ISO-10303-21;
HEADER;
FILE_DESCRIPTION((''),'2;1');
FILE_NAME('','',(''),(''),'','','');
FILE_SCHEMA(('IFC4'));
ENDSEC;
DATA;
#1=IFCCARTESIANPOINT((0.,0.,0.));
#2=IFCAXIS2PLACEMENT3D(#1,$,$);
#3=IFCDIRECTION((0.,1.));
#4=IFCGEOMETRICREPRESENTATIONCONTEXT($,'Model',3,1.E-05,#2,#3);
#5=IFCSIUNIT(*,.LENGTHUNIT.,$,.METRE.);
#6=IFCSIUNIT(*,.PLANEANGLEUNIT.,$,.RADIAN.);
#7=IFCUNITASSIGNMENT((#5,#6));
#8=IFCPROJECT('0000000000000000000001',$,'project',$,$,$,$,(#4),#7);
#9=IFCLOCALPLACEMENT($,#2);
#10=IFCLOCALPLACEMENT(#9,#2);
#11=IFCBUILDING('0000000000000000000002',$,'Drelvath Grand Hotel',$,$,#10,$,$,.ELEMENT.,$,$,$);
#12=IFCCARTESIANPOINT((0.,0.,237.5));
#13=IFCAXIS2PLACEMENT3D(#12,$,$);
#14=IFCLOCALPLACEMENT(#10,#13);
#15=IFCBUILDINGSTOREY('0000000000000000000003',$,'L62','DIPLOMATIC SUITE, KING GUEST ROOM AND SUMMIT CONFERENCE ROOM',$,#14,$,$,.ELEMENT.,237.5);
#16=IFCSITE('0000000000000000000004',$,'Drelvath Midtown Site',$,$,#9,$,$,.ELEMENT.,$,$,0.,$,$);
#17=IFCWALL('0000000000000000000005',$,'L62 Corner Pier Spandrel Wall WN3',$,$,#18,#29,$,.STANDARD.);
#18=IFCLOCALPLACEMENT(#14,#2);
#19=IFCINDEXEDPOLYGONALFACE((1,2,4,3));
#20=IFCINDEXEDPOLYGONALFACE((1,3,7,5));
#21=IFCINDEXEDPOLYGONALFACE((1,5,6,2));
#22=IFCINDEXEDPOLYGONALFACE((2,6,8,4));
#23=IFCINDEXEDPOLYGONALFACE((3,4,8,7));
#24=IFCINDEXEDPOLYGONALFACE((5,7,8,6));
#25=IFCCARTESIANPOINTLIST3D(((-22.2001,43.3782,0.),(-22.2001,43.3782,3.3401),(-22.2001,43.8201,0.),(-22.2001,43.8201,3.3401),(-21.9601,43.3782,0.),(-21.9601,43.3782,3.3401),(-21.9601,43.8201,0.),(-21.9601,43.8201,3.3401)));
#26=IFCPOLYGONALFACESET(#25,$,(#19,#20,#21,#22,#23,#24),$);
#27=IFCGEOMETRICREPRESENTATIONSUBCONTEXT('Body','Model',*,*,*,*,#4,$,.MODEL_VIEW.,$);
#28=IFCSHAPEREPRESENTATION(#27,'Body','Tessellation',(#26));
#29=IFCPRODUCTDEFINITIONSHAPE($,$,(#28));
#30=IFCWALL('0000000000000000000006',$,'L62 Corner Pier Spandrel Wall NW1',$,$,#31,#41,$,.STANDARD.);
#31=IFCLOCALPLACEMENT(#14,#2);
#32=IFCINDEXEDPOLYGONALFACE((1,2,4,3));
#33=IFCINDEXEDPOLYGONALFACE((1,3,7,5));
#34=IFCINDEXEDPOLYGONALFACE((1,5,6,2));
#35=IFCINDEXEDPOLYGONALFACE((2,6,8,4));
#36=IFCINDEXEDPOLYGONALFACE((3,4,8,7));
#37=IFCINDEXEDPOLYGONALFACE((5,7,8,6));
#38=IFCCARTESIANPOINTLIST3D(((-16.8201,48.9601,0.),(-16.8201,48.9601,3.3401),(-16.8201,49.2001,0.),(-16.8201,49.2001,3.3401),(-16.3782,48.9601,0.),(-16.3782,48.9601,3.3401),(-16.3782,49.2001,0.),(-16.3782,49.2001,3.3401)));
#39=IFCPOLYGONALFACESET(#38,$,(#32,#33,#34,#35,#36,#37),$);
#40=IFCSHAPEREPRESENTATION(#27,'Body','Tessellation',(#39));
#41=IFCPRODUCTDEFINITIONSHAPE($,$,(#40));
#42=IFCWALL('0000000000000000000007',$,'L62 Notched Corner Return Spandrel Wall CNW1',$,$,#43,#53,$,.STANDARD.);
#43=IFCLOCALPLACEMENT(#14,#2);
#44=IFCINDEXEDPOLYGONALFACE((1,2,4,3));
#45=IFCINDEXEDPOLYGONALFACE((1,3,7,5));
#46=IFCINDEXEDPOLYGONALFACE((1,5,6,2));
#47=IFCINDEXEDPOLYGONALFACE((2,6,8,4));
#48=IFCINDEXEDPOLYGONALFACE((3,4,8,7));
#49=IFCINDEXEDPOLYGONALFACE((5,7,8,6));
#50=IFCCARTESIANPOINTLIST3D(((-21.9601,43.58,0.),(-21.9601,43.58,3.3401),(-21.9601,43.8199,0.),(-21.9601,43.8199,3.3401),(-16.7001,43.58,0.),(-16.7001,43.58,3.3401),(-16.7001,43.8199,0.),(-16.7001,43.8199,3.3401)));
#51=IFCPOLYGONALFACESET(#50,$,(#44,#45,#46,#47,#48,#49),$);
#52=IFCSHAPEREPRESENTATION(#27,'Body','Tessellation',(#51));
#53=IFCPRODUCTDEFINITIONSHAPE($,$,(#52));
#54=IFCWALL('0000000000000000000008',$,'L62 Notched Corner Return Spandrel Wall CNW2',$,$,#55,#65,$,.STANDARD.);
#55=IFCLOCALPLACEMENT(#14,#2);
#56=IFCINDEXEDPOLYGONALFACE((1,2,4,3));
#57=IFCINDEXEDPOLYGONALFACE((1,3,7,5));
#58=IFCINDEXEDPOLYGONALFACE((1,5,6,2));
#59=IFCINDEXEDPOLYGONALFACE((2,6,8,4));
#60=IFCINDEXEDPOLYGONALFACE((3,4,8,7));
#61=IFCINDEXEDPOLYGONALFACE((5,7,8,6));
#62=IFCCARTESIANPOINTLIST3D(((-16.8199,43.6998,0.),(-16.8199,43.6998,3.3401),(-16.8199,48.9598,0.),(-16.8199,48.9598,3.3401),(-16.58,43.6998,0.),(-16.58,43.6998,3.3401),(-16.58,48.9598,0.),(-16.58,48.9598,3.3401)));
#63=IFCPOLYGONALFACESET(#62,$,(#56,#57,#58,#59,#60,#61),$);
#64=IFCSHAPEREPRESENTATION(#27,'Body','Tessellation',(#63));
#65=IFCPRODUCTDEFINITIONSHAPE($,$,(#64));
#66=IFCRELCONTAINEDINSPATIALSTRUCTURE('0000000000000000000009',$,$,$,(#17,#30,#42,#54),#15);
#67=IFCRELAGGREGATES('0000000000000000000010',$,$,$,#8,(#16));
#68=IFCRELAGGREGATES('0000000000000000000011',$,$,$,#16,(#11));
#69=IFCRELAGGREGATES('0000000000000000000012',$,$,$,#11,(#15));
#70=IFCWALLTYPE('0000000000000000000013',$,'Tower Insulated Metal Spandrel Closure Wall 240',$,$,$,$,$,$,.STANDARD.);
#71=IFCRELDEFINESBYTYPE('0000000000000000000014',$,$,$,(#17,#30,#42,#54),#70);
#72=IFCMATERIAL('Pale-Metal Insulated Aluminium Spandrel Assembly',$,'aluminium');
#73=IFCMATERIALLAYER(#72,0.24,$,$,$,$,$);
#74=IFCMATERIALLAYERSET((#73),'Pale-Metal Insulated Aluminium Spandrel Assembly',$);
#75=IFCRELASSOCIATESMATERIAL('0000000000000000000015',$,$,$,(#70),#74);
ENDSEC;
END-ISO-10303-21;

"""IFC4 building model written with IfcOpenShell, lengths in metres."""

from ifc_helpers import new_model, si_unit, direction, frame, frame_2d, origin, place, context, subcontext, project, spatial, rectangle, extrude, material, layer, layer_set, type_object, element, save


model = new_model("IFC4")

# Units and contexts
model_context = context("Model", 3, precision=1e-05, world=origin(), true_north=direction((0.0, 1.0)))
body_context = subcontext(model_context, "Body", "Model", "MODEL_VIEW")
ifc_project = project(units=[si_unit("LENGTHUNIT", "METRE"), si_unit("PLANEANGLEUNIT", "RADIAN")], contexts=[model_context])

# Site, building, storey
site_placement = place(None, origin())
site = spatial("IfcSite", under=ifc_project, at=site_placement, Name="Drelvath Midtown Site", CompositionType="ELEMENT", RefElevation=0.0)
building_placement = place(site_placement, origin())
building = spatial("IfcBuilding", under=site, at=building_placement, Name="Drelvath Grand Hotel", CompositionType="ELEMENT")
storey_placement = place(building_placement, frame((0.0, 0.0, 237.5)))
storey = spatial("IfcBuildingStorey", under=building, at=storey_placement, Name="L62", Description="DIPLOMATIC SUITE, KING GUEST ROOM AND SUMMIT CONFERENCE ROOM", CompositionType="ELEMENT", Elevation=237.5)

# Walls
ifc_material_1 = material(Name="Pale-Metal Insulated Aluminium Spandrel Assembly", Category="aluminium")
ifc_layer_1 = layer(ifc_material_1, 0.24)
ifc_layer_set_1 = layer_set([ifc_layer_1], Name="Pale-Metal Insulated Aluminium Spandrel Assembly")
wall_type_1 = type_object("IfcWallType", Name="Tower Insulated Metal Spandrel Closure Wall 240", PredefinedType="STANDARD", material=ifc_layer_set_1)
for number, where, z_axis, x_axis, name in (
    (1, (-22.0801, 43.3782, 0.0), (0.0, 0.0, 1.0), (0.0, 1.0, 0.0), "L62 Corner Pier Spandrel Wall WN3"),
    (2, (-16.8201, 49.0801, 0.0), (0.0, 0.0, 1.0), (1.0, 0.0, 0.0), "L62 Corner Pier Spandrel Wall NW1"),
):
    element("IfcWall", number, at=place(storey_placement, frame(where, z_axis=z_axis, x_axis=x_axis)), inside=storey, type_object=wall_type_1, Name=name, PredefinedType="STANDARD", context=body_context, shape_type="SweptSolid", body=[
        extrude(rectangle(XDim=0.4419, YDim=0.24, at=frame_2d((0.2209, 0.0))), origin(), (0.0, 0.0, 1.0), 3.3401),
    ])
for number, where, z_axis, x_axis, name in (
    (3, (-21.96, 43.7, 0.0), (0.0, 0.0, 1.0), (1.0, 0.0, 0.0), "L62 Notched Corner Return Spandrel Wall CNW1"),
    (4, (-16.7, 43.7, 0.0), (0.0, 0.0, 1.0), (0.0, 1.0, 0.0), "L62 Notched Corner Return Spandrel Wall CNW2"),
):
    element("IfcWall", number, at=place(storey_placement, frame(where, z_axis=z_axis, x_axis=x_axis)), inside=storey, type_object=wall_type_1, Name=name, PredefinedType="STANDARD", context=body_context, shape_type="SweptSolid", body=[
        extrude(rectangle(XDim=5.26, YDim=0.24, at=frame_2d((2.6299, 0.0))), origin(), (0.0, 0.0, 1.0), 3.3401),
    ])

save(model, "model.ifc")
